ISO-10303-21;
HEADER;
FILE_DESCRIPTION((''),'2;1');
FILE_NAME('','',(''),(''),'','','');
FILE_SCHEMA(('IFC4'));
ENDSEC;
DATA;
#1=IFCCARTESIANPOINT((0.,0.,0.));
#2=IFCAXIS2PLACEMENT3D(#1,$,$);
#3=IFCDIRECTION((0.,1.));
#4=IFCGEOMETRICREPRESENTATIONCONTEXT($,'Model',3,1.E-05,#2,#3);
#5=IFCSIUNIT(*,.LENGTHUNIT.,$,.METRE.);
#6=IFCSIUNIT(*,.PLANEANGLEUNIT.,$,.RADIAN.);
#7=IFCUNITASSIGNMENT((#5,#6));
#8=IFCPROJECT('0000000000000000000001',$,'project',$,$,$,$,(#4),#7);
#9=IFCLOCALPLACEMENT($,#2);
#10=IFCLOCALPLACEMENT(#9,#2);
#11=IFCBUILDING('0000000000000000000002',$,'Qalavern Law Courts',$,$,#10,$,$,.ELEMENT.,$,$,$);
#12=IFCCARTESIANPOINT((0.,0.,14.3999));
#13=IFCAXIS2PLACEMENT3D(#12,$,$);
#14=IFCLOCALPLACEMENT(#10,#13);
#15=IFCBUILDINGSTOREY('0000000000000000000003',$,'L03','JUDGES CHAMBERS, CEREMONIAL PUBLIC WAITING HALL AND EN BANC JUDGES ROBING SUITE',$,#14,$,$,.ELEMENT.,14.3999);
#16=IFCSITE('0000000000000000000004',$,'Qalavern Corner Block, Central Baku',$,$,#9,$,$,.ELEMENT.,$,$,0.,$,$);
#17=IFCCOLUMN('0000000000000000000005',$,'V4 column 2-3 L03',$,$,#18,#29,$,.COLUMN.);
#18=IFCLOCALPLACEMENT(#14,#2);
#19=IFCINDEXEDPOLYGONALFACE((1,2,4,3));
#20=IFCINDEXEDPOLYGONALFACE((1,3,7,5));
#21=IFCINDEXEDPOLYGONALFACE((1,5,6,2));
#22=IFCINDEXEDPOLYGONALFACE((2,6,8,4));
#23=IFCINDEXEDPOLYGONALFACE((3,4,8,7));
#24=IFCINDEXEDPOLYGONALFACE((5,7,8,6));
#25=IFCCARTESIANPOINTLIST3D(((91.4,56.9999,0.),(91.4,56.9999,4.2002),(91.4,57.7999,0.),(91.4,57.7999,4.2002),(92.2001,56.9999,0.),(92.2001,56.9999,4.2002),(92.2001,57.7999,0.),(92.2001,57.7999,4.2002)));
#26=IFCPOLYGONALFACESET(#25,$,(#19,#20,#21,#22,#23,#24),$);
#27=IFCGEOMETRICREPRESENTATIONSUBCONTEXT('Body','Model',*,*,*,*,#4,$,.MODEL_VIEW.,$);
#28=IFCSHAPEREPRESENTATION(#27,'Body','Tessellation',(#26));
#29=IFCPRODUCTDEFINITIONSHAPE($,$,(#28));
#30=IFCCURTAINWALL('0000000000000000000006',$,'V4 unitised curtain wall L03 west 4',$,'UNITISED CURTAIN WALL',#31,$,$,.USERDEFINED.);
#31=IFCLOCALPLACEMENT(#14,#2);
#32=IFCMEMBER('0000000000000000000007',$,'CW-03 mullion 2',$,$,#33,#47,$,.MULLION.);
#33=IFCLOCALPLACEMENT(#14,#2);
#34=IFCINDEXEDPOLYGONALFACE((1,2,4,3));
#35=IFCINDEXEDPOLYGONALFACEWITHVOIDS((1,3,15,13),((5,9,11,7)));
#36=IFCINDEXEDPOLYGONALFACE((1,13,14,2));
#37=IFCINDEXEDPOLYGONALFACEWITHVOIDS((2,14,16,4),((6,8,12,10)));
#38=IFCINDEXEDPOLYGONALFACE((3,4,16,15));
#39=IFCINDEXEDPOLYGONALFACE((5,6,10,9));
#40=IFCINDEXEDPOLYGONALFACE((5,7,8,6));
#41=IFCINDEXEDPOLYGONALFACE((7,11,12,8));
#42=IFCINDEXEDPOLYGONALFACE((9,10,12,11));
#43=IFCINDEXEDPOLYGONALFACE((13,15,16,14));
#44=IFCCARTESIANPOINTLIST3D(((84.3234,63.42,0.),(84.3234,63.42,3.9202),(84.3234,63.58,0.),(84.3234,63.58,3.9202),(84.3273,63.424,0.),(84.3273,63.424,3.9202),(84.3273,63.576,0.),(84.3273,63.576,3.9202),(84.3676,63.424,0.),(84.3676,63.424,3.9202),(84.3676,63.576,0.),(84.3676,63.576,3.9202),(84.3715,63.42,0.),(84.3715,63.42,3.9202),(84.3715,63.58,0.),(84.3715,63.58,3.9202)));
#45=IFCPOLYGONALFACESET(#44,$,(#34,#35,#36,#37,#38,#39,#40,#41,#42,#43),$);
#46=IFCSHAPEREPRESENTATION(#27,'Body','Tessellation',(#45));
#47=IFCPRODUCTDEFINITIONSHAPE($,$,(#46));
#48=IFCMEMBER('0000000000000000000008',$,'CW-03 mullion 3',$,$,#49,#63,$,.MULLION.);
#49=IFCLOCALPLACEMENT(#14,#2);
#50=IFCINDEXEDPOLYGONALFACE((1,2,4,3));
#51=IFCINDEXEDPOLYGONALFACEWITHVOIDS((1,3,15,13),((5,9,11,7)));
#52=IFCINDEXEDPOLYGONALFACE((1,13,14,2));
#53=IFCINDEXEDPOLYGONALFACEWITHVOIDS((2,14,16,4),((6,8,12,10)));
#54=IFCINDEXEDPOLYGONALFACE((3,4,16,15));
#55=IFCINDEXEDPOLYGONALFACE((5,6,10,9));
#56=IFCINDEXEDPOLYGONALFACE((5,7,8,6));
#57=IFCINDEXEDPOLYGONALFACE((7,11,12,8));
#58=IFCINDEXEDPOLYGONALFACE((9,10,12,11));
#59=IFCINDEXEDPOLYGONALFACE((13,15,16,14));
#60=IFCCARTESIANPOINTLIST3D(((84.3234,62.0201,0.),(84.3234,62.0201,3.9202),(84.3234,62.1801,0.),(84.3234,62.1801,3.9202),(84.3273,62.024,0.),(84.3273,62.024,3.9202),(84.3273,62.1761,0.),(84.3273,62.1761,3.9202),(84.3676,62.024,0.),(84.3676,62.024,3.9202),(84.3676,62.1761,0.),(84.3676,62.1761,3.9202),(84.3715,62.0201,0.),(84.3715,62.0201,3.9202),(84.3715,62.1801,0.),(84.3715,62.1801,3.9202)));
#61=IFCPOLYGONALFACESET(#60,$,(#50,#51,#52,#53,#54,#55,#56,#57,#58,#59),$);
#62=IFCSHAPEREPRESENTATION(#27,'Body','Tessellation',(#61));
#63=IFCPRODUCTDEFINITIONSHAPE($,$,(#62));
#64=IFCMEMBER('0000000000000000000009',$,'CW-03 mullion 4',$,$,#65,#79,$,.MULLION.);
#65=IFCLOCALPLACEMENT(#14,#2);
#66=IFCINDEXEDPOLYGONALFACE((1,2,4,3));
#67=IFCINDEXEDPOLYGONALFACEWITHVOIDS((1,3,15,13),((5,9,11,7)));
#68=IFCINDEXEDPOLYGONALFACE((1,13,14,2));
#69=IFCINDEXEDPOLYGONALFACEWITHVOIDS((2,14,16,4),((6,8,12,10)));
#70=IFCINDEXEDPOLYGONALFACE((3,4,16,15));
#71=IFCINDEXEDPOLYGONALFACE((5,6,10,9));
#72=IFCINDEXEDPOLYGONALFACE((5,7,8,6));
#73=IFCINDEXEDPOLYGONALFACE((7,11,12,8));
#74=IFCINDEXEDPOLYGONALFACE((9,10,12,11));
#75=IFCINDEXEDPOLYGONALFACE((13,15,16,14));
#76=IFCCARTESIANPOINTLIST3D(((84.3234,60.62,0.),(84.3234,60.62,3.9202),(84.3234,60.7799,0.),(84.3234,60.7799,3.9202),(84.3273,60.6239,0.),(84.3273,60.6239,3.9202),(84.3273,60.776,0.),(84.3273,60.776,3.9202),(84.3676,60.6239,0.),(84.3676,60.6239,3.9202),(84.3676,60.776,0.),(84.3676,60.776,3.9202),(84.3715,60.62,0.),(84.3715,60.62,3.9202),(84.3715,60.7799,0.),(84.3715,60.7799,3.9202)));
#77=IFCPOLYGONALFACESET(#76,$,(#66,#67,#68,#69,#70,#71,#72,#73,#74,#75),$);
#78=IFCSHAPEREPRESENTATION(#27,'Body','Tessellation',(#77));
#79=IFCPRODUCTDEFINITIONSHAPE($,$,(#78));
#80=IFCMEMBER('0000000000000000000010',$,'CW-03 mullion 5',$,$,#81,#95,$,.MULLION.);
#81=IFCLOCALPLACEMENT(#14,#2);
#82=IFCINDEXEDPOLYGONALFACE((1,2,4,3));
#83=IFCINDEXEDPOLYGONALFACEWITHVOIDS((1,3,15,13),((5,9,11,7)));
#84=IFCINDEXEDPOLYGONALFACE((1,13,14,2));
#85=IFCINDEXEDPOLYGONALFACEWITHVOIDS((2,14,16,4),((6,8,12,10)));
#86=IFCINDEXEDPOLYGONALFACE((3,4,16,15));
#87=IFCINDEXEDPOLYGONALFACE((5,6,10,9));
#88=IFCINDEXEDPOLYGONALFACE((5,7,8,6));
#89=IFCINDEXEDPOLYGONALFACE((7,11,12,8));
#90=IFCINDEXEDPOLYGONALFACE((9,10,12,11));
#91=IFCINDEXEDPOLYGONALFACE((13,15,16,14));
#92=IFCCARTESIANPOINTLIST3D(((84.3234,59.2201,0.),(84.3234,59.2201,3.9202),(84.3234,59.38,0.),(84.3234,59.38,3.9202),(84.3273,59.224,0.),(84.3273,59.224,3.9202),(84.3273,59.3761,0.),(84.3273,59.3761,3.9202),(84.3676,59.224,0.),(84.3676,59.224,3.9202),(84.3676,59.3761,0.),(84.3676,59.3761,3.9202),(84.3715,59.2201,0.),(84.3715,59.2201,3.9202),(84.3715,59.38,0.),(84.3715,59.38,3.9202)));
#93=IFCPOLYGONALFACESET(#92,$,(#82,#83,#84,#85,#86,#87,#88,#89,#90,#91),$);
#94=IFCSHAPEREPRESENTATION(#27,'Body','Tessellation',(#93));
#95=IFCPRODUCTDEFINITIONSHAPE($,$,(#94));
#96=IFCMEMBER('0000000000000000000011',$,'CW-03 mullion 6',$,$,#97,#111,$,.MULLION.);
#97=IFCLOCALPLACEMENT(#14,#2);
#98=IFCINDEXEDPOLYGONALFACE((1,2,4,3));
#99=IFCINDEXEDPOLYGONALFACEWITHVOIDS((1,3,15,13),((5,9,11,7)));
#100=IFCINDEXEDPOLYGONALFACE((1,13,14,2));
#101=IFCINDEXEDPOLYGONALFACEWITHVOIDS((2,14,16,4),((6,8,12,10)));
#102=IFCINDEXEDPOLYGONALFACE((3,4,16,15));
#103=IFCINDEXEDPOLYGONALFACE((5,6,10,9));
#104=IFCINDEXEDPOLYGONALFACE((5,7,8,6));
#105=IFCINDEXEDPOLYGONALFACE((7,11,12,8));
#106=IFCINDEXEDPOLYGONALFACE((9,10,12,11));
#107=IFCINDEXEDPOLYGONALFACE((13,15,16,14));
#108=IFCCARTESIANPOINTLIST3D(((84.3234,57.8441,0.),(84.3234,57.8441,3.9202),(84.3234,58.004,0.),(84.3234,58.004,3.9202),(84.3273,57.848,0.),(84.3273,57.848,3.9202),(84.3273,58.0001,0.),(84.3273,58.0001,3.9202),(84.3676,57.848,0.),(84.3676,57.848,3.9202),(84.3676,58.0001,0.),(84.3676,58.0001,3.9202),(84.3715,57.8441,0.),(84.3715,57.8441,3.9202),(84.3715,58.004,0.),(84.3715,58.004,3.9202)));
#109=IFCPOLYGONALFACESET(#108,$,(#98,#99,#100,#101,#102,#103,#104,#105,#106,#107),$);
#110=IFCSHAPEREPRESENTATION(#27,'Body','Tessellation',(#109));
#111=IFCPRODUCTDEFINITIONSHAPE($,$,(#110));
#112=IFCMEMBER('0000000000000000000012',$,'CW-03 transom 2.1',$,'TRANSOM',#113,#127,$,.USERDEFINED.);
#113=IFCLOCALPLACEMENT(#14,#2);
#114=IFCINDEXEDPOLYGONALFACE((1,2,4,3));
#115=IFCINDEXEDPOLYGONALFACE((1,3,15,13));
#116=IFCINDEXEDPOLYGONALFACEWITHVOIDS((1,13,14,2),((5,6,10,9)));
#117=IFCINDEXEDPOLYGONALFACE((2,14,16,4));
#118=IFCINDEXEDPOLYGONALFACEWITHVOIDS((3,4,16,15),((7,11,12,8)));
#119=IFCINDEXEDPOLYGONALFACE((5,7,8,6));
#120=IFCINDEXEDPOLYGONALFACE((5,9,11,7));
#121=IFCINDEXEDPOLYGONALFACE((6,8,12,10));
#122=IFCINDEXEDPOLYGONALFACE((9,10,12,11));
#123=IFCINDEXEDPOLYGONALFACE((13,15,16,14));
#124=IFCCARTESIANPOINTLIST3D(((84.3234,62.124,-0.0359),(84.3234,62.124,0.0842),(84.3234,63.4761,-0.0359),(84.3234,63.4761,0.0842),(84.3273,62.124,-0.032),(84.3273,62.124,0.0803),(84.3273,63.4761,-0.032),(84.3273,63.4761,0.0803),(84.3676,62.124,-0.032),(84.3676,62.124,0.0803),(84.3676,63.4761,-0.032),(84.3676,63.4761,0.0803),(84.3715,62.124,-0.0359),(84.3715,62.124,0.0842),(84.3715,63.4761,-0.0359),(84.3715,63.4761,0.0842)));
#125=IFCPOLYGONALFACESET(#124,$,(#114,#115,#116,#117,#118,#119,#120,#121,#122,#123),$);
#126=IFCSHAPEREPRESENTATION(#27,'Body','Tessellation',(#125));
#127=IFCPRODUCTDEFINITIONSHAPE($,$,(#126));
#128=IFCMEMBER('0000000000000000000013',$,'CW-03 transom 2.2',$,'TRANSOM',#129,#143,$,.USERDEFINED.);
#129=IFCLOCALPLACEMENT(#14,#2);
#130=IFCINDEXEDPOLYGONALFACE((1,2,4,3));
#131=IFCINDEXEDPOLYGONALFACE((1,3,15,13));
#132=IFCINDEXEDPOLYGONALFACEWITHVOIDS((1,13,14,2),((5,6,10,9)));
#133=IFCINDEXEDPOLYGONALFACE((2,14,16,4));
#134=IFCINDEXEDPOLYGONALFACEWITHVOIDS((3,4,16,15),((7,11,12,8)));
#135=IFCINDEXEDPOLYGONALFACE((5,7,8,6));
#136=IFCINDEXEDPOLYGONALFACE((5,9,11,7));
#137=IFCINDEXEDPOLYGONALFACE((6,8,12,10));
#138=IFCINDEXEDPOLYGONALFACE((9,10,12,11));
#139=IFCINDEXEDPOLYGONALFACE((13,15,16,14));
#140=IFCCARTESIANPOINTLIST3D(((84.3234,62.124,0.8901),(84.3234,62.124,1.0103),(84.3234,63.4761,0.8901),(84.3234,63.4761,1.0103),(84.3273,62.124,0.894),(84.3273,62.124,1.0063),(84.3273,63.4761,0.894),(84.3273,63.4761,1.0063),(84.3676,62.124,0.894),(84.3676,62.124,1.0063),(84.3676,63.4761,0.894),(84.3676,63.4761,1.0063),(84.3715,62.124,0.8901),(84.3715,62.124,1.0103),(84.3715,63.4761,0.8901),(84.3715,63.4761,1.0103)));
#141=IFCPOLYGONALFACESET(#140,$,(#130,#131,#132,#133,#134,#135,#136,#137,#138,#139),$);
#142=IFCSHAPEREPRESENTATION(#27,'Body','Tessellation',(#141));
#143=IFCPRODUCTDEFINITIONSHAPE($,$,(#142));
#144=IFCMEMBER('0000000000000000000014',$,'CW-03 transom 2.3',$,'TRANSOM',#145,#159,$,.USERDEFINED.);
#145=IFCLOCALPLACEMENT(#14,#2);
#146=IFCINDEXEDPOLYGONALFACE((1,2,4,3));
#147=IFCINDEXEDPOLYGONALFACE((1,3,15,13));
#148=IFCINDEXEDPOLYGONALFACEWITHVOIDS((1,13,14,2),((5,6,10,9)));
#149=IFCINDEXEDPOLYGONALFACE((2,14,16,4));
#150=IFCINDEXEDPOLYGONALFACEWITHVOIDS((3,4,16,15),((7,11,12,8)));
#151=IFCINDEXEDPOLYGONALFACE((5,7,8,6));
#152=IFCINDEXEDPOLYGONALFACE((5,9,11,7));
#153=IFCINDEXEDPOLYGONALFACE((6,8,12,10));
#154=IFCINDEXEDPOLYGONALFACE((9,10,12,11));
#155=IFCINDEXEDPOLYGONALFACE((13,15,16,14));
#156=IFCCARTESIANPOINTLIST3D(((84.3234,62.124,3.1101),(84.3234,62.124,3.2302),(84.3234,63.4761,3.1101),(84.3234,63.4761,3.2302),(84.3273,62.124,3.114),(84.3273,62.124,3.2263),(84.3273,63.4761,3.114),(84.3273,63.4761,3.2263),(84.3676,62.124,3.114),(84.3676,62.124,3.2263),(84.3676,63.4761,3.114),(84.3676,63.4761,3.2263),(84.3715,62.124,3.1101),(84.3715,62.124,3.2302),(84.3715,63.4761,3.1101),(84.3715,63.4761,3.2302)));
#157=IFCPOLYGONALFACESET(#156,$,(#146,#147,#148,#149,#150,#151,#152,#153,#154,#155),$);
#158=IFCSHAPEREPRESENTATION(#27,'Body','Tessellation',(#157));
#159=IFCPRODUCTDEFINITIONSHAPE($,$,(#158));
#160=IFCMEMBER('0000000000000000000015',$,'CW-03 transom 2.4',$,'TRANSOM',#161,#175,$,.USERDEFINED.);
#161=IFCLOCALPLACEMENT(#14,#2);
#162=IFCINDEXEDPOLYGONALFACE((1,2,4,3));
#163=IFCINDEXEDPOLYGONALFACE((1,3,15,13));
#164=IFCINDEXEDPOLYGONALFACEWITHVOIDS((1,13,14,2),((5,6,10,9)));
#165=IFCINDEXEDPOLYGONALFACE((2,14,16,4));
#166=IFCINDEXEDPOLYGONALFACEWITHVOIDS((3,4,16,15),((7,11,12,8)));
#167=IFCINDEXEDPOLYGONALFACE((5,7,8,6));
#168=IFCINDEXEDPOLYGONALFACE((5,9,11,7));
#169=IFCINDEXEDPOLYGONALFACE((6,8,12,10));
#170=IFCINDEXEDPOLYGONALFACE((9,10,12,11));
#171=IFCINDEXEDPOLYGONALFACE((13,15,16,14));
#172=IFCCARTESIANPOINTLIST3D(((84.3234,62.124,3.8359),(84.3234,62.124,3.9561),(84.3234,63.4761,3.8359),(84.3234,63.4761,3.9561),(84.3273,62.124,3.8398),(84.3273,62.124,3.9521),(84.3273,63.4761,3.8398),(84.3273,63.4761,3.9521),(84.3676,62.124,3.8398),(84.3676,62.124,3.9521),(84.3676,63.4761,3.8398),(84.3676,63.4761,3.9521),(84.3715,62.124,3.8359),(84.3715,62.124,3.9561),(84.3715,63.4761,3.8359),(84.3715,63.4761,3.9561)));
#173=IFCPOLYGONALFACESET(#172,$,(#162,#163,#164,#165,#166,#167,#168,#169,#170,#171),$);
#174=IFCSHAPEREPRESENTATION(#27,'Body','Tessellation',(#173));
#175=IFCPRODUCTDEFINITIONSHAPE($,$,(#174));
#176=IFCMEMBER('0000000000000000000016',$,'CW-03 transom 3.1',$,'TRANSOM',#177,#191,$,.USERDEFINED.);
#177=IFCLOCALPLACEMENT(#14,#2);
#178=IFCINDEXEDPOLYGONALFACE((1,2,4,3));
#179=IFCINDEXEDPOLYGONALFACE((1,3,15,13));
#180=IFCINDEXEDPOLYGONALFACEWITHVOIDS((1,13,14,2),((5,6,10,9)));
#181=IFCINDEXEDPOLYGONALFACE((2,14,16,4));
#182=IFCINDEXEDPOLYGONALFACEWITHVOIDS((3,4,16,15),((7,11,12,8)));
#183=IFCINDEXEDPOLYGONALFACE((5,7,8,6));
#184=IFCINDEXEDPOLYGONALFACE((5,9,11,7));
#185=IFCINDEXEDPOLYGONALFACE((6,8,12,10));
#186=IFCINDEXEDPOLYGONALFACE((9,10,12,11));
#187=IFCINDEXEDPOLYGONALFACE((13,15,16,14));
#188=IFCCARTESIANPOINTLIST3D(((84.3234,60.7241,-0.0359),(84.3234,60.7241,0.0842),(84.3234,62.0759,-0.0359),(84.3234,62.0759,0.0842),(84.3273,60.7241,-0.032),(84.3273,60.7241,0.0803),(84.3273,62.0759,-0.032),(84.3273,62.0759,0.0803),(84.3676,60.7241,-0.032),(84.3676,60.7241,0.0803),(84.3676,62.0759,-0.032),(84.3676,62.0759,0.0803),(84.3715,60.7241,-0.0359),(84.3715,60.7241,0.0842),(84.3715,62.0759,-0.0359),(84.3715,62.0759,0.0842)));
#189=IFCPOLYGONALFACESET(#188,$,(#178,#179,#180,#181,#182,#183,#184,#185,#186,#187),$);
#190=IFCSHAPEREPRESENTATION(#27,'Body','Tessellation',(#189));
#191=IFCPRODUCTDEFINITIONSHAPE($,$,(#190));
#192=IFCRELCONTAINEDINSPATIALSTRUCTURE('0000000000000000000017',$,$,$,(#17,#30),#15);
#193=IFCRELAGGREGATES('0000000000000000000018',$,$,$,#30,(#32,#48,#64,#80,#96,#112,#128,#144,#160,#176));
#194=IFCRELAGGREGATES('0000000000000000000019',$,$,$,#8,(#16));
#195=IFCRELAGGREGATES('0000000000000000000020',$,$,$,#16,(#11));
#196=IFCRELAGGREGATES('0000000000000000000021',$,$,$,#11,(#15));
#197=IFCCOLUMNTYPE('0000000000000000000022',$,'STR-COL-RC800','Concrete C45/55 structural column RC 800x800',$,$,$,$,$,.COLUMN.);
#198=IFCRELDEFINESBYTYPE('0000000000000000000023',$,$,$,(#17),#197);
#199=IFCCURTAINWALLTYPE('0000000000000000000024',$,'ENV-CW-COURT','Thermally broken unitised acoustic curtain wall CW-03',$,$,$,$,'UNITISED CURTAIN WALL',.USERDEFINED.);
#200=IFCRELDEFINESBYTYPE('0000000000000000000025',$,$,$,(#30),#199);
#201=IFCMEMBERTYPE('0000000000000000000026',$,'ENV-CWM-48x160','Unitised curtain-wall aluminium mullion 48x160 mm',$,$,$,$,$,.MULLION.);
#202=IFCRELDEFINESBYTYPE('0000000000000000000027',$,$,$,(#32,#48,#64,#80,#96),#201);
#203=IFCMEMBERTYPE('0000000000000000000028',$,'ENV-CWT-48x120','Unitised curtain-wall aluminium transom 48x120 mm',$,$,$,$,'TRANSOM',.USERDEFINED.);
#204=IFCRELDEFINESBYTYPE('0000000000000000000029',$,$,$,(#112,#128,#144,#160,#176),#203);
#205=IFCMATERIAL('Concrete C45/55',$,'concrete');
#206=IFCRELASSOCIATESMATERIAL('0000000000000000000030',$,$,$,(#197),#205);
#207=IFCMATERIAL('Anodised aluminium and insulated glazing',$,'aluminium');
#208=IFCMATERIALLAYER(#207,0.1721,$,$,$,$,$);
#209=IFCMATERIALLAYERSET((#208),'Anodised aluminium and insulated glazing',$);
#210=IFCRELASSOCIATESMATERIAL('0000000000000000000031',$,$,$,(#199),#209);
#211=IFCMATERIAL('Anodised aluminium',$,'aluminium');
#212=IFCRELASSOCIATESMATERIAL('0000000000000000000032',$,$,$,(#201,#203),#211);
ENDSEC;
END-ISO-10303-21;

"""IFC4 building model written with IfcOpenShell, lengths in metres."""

from ifc_helpers import new_model, si_unit, direction, frame, origin, origin_2d, place, context, subcontext, project, spatial, rectangle, hollow_rectangle, extrude, material, layer, layer_set, material_profile, profile_set, type_object, element, aggregate, save


model = new_model("IFC4")

# Units and contexts
model_context = context("Model", 3, precision=1e-05, world=origin(), true_north=direction((0.0, 1.0)))
body_context = subcontext(model_context, "Body", "Model", "MODEL_VIEW")
ifc_project = project(units=[si_unit("LENGTHUNIT", "METRE"), si_unit("PLANEANGLEUNIT", "RADIAN")], contexts=[model_context])

# Site, building, storey
site_placement = place(None, origin())
site = spatial("IfcSite", under=ifc_project, at=site_placement, Name="Qalavern Corner Block, Central Baku", CompositionType="ELEMENT", RefElevation=0.0)
building_placement = place(site_placement, origin())
building = spatial("IfcBuilding", under=site, at=building_placement, Name="Qalavern Law Courts", CompositionType="ELEMENT")
storey_placement = place(building_placement, frame((0.0, 0.0, 14.3999)))
storey = spatial("IfcBuildingStorey", under=building, at=storey_placement, Name="L03", Description="JUDGES CHAMBERS, CEREMONIAL PUBLIC WAITING HALL AND EN BANC JUDGES ROBING SUITE", CompositionType="ELEMENT", Elevation=14.3999)

# Column
ifc_material_1 = material(Name="Concrete C45/55", Category="concrete")
ifc_material_profile_1 = material_profile(ifc_material_1, rectangle(XDim=0.8, YDim=0.8, at=origin_2d()), Name="RC 800x800")
ifc_profile_set_1 = profile_set([ifc_material_profile_1], Name="Concrete C45/55")
column_type = type_object("IfcColumnType", Name="STR-COL-RC800", Description="Concrete C45/55 structural column RC 800x800", PredefinedType="COLUMN", material=ifc_profile_set_1)
column_placement = place(storey_placement, frame((91.8, 57.3999, 0.0), z_axis=(0.0, 0.0, 1.0), x_axis=(1.0, 0.0, 0.0)))
element("IfcColumn", 1, at=column_placement, inside=storey, type_object=column_type, Name="V4 column 2-3 L03", PredefinedType="COLUMN", context=body_context, shape_type="SweptSolid", body=[
    extrude(rectangle(XDim=0.8, YDim=0.8, at=origin_2d()), origin(), (0.0, 0.0, 1.0), 4.2002),
])

# Curtain wall, members
ifc_material_2 = material(Name="Anodised aluminium and insulated glazing", Category="aluminium")
ifc_layer_1 = layer(ifc_material_2, 0.1721)
ifc_layer_set_1 = layer_set([ifc_layer_1], Name="Anodised aluminium and insulated glazing")
curtain_wall_type = type_object("IfcCurtainWallType", Name="ENV-CW-COURT", Description="Thermally broken unitised acoustic curtain wall CW-03", ElementType="UNITISED CURTAIN WALL", PredefinedType="USERDEFINED", material=ifc_layer_set_1)
curtain_wall_placement = place(storey_placement, origin())
curtain_wall = element("IfcCurtainWall", 2, at=curtain_wall_placement, inside=storey, type_object=curtain_wall_type, Name="V4 unitised curtain wall L03 west 4", ObjectType="UNITISED CURTAIN WALL", PredefinedType="USERDEFINED")
ifc_material_3 = material(Name="Anodised aluminium", Category="aluminium")
ifc_material_profile_2 = material_profile(ifc_material_3, hollow_rectangle(XDim=0.0481, YDim=0.1599, WallThickness=0.0039, at=origin_2d()), Name="ALU MULLION 48x160")
ifc_profile_set_2 = profile_set([ifc_material_profile_2], Name="Anodised aluminium")
member_type_1 = type_object("IfcMemberType", Name="ENV-CWM-48x160", Description="Unitised curtain-wall aluminium mullion 48x160 mm", PredefinedType="MULLION", material=ifc_profile_set_2)
member_1_placement = place(storey_placement, frame((84.3474, 63.5, 0.0), z_axis=(0.0, 0.0, 1.0), x_axis=(1.0, 0.0, 0.0)))
member_1 = element("IfcMember", 3, at=member_1_placement, type_object=member_type_1, Name="CW-03 mullion 2", PredefinedType="MULLION", context=body_context, shape_type="SweptSolid", body=[
    extrude(hollow_rectangle(XDim=0.0481, YDim=0.1599, WallThickness=0.0039, at=origin_2d()), origin(), (0.0, 0.0, 1.0), 3.9202),
])
member_2_placement = place(storey_placement, frame((84.3474, 62.1001, 0.0), z_axis=(0.0, 0.0, 1.0), x_axis=(1.0, 0.0, 0.0)))
member_2 = element("IfcMember", 4, at=member_2_placement, type_object=member_type_1, Name="CW-03 mullion 3", PredefinedType="MULLION", context=body_context, shape_type="SweptSolid", body=[
    extrude(hollow_rectangle(XDim=0.0481, YDim=0.1599, WallThickness=0.0039, at=origin_2d()), origin(), (0.0, 0.0, 1.0), 3.9202),
])
member_3_placement = place(storey_placement, frame((84.3474, 60.7, 0.0), z_axis=(0.0, 0.0, 1.0), x_axis=(1.0, 0.0, 0.0)))
member_3 = element("IfcMember", 5, at=member_3_placement, type_object=member_type_1, Name="CW-03 mullion 4", PredefinedType="MULLION", context=body_context, shape_type="SweptSolid", body=[
    extrude(hollow_rectangle(XDim=0.0481, YDim=0.1599, WallThickness=0.0039, at=origin_2d()), origin(), (0.0, 0.0, 1.0), 3.9202),
])
member_4_placement = place(storey_placement, frame((84.3474, 59.3, 0.0), z_axis=(0.0, 0.0, 1.0), x_axis=(1.0, 0.0, 0.0)))
member_4 = element("IfcMember", 6, at=member_4_placement, type_object=member_type_1, Name="CW-03 mullion 5", PredefinedType="MULLION", context=body_context, shape_type="SweptSolid", body=[
    extrude(hollow_rectangle(XDim=0.0481, YDim=0.1599, WallThickness=0.0039, at=origin_2d()), origin(), (0.0, 0.0, 1.0), 3.9202),
])
member_5_placement = place(storey_placement, frame((84.3474, 57.9241, 0.0), z_axis=(0.0, 0.0, 1.0), x_axis=(1.0, 0.0, 0.0)))
member_5 = element("IfcMember", 7, at=member_5_placement, type_object=member_type_1, Name="CW-03 mullion 6", PredefinedType="MULLION", context=body_context, shape_type="SweptSolid", body=[
    extrude(hollow_rectangle(XDim=0.0481, YDim=0.1599, WallThickness=0.0039, at=origin_2d()), origin(), (0.0, 0.0, 1.0), 3.9202),
])
ifc_material_profile_3 = material_profile(ifc_material_3, hollow_rectangle(XDim=0.0481, YDim=0.1201, WallThickness=0.0039, at=origin_2d()), Name="ALU TRANSOM 48x120")
ifc_profile_set_3 = profile_set([ifc_material_profile_3], Name="Anodised aluminium")
member_type_2 = type_object("IfcMemberType", Name="ENV-CWT-48x120", Description="Unitised curtain-wall aluminium transom 48x120 mm", ElementType="TRANSOM", PredefinedType="USERDEFINED", material=ifc_profile_set_3)
member_6_placement = place(storey_placement, frame((84.3474, 63.4761, 0.0242), z_axis=(0.0, -1.0, 0.0), x_axis=(1.0, 0.0, 0.0)))
member_6 = element("IfcMember", 8, at=member_6_placement, type_object=member_type_2, Name="CW-03 transom 2.1", ObjectType="TRANSOM", PredefinedType="USERDEFINED", context=body_context, shape_type="SweptSolid", body=[
    extrude(hollow_rectangle(XDim=0.0481, YDim=0.1201, WallThickness=0.0039, at=origin_2d()), origin(), (0.0, 0.0, 1.0), 1.3521),
])
member_7_placement = place(storey_placement, frame((84.3474, 63.4761, 0.9502), z_axis=(0.0, -1.0, 0.0), x_axis=(1.0, 0.0, 0.0)))
member_7 = element("IfcMember", 9, at=member_7_placement, type_object=member_type_2, Name="CW-03 transom 2.2", ObjectType="TRANSOM", PredefinedType="USERDEFINED", context=body_context, shape_type="SweptSolid", body=[
    extrude(hollow_rectangle(XDim=0.0481, YDim=0.1201, WallThickness=0.0039, at=origin_2d()), origin(), (0.0, 0.0, 1.0), 1.3521),
])
member_8_placement = place(storey_placement, frame((84.3474, 63.4761, 3.1702), z_axis=(0.0, -1.0, 0.0), x_axis=(1.0, 0.0, 0.0)))
member_8 = element("IfcMember", 10, at=member_8_placement, type_object=member_type_2, Name="CW-03 transom 2.3", ObjectType="TRANSOM", PredefinedType="USERDEFINED", context=body_context, shape_type="SweptSolid", body=[
    extrude(hollow_rectangle(XDim=0.0481, YDim=0.1201, WallThickness=0.0039, at=origin_2d()), origin(), (0.0, 0.0, 1.0), 1.3521),
])
member_9_placement = place(storey_placement, frame((84.3474, 63.4761, 3.896), z_axis=(0.0, -1.0, 0.0), x_axis=(1.0, 0.0, 0.0)))
member_9 = element("IfcMember", 11, at=member_9_placement, type_object=member_type_2, Name="CW-03 transom 2.4", ObjectType="TRANSOM", PredefinedType="USERDEFINED", context=body_context, shape_type="SweptSolid", body=[
    extrude(hollow_rectangle(XDim=0.0481, YDim=0.1201, WallThickness=0.0039, at=origin_2d()), origin(), (0.0, 0.0, 1.0), 1.3521),
])
member_10_placement = place(storey_placement, frame((84.3474, 62.0759, 0.0242), z_axis=(0.0, -1.0, 0.0), x_axis=(1.0, 0.0, 0.0)))
member_10 = element("IfcMember", 12, at=member_10_placement, type_object=member_type_2, Name="CW-03 transom 3.1", ObjectType="TRANSOM", PredefinedType="USERDEFINED", context=body_context, shape_type="SweptSolid", body=[
    extrude(hollow_rectangle(XDim=0.0481, YDim=0.1201, WallThickness=0.0039, at=origin_2d()), origin(), (0.0, 0.0, 1.0), 1.3518),
])

aggregate(curtain_wall, [member_1, member_2, member_3, member_4, member_5, member_6, member_7, member_8, member_9, member_10])

save(model, "model.ifc")
